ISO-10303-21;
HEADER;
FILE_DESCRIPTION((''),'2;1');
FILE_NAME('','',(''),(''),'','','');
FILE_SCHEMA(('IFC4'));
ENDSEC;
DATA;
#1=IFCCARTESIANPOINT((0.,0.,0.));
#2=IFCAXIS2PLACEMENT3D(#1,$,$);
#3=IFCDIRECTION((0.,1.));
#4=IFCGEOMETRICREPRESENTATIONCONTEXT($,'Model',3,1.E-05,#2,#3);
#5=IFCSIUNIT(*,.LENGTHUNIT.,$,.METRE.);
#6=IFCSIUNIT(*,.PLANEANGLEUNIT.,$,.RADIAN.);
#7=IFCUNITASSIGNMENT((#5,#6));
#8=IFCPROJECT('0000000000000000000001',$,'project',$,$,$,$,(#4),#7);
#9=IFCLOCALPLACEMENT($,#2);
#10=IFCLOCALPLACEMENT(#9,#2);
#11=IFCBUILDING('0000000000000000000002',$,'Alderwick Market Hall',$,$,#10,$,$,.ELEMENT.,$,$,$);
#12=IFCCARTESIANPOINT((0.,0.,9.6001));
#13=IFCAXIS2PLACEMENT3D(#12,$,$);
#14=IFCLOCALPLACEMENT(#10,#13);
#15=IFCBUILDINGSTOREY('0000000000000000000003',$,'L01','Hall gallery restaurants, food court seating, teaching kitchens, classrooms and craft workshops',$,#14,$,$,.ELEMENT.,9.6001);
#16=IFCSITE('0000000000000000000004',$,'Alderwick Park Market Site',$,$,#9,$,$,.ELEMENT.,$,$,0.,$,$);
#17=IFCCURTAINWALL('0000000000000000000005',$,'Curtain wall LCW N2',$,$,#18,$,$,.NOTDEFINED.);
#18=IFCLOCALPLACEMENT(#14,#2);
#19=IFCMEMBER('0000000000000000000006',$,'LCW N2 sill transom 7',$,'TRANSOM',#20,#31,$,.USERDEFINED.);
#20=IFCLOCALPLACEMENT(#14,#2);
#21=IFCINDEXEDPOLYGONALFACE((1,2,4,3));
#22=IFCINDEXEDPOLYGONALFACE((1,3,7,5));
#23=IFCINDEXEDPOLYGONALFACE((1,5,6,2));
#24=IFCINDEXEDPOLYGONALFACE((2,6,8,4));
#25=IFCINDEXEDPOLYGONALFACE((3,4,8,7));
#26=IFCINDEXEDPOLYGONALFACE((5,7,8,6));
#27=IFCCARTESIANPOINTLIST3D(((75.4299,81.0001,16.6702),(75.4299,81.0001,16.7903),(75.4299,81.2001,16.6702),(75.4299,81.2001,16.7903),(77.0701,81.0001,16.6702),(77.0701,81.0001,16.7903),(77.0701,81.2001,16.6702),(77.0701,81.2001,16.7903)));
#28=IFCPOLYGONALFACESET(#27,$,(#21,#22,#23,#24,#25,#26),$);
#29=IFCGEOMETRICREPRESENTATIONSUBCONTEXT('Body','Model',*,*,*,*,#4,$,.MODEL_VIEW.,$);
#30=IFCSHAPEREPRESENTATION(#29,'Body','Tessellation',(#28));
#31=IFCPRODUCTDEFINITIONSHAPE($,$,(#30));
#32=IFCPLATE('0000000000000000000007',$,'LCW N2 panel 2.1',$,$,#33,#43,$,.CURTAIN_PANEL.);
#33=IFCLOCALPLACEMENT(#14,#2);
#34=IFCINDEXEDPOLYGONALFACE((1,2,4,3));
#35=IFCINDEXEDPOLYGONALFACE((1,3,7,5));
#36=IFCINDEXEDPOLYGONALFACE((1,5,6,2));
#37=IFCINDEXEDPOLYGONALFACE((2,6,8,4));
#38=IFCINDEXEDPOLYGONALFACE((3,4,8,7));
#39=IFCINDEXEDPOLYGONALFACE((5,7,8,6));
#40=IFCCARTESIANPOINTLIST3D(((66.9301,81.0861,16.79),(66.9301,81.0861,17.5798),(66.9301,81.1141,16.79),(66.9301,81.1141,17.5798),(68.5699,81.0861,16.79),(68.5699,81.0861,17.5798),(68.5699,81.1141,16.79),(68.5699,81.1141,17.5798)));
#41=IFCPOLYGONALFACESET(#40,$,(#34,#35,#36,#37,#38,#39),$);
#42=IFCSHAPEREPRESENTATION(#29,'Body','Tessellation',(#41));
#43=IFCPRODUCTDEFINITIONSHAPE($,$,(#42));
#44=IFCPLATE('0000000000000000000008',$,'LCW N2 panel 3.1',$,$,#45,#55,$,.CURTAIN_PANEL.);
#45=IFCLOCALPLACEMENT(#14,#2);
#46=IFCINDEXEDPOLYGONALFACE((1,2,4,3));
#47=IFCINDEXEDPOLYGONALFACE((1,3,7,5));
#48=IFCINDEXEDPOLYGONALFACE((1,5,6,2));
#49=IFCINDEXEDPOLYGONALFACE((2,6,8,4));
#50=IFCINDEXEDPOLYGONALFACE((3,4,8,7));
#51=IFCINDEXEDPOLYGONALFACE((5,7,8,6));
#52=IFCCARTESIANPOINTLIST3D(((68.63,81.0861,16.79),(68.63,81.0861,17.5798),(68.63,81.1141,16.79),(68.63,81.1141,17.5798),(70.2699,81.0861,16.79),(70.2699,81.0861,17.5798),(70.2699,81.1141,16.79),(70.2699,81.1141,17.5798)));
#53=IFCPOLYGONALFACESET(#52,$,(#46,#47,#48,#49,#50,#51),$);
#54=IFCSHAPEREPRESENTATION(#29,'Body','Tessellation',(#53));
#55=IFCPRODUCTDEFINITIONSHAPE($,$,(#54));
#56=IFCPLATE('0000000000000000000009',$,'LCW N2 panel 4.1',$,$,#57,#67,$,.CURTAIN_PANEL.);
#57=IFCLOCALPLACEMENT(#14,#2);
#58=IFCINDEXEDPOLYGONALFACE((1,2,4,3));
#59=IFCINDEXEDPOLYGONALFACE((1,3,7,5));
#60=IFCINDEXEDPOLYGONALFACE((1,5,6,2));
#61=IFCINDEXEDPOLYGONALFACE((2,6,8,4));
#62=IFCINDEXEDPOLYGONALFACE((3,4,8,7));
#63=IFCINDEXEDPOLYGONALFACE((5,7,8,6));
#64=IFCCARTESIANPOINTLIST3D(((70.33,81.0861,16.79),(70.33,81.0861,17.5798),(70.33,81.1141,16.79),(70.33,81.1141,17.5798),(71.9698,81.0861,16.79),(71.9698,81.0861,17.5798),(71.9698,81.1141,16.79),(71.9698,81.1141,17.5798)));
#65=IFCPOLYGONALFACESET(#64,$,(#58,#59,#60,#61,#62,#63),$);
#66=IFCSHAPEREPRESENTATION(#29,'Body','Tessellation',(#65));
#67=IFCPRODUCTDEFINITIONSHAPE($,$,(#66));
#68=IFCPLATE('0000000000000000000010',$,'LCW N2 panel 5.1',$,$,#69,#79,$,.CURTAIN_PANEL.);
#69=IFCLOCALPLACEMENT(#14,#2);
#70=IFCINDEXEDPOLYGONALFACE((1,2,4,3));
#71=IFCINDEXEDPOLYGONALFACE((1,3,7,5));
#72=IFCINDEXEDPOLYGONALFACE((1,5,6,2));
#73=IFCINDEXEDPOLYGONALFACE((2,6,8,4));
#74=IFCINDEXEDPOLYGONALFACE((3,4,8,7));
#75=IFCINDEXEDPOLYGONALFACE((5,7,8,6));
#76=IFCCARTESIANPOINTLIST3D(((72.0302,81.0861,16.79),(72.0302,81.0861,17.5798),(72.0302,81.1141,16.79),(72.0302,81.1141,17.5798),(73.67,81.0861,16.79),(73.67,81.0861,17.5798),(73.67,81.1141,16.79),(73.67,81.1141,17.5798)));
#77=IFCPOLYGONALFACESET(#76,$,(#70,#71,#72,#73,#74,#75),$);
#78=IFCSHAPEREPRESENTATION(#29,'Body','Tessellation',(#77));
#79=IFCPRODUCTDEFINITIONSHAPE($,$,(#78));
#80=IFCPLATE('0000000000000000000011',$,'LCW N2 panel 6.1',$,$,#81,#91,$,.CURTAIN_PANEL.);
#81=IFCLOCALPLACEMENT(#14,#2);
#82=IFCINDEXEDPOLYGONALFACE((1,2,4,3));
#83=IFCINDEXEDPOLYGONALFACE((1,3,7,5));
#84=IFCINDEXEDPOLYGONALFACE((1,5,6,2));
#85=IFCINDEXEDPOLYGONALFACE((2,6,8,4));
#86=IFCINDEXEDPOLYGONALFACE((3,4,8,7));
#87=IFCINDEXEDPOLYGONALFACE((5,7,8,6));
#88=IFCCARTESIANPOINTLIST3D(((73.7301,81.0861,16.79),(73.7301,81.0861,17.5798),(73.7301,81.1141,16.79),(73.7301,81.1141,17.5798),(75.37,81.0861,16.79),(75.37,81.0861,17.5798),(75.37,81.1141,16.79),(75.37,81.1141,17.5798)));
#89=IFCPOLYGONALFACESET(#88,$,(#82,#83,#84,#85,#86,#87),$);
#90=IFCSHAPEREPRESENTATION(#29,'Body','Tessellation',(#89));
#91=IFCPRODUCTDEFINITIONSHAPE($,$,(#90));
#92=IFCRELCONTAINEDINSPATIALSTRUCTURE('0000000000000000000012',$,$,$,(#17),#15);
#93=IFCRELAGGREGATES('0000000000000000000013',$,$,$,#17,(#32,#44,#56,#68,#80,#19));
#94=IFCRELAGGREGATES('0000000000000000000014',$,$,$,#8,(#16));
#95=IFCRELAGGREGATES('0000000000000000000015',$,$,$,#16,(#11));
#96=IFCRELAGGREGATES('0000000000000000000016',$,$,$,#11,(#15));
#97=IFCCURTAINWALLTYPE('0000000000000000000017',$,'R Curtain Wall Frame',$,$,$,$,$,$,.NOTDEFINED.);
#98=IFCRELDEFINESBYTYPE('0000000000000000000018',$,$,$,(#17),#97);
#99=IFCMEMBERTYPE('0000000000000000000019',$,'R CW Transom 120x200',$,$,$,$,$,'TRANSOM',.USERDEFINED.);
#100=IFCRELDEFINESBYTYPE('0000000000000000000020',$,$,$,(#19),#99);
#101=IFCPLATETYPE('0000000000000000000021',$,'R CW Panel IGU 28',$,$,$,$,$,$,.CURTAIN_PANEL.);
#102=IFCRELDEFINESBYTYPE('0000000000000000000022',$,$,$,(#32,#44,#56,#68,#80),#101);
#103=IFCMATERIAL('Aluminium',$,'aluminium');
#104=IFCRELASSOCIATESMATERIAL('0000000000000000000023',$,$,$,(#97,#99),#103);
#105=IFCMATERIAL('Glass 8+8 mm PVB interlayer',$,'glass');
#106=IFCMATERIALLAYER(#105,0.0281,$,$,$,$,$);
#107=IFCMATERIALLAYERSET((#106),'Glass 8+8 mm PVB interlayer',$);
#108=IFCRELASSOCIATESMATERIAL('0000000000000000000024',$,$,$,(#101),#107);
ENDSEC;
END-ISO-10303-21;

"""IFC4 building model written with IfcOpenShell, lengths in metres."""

from ifc_helpers import new_model, si_unit, direction, frame, origin, origin_2d, place, context, subcontext, project, spatial, rectangle, extrude, material, layer, layer_set, material_profile, profile_set, type_object, element, aggregate, save


model = new_model("IFC4")

# Units and contexts
model_context = context("Model", 3, precision=1e-05, world=origin(), true_north=direction((0.0, 1.0)))
body_context = subcontext(model_context, "Body", "Model", "MODEL_VIEW")
ifc_project = project(units=[si_unit("LENGTHUNIT", "METRE"), si_unit("PLANEANGLEUNIT", "RADIAN")], contexts=[model_context])

# Site, building, storey
site_placement = place(None, origin())
site = spatial("IfcSite", under=ifc_project, at=site_placement, Name="Alderwick Park Market Site", CompositionType="ELEMENT", RefElevation=0.0)
building_placement = place(site_placement, origin())
building = spatial("IfcBuilding", under=site, at=building_placement, Name="Alderwick Market Hall", CompositionType="ELEMENT")
storey_placement = place(building_placement, frame((0.0, 0.0, 9.6001)))
storey = spatial("IfcBuildingStorey", under=building, at=storey_placement, Name="L01", Description="Hall gallery restaurants, food court seating, teaching kitchens, classrooms and craft workshops", CompositionType="ELEMENT", Elevation=9.6001)

# Curtain wall, member, plates
ifc_material_1 = material(Name="Aluminium", Category="aluminium")
curtain_wall_type = type_object("IfcCurtainWallType", Name="R Curtain Wall Frame", PredefinedType="NOTDEFINED", material=ifc_material_1)
curtain_wall_placement = place(storey_placement, origin())
curtain_wall = element("IfcCurtainWall", 1, at=curtain_wall_placement, inside=storey, type_object=curtain_wall_type, Name="Curtain wall LCW N2", PredefinedType="NOTDEFINED")
ifc_material_profile_1 = material_profile(ifc_material_1, rectangle(XDim=0.2, YDim=0.1201, at=origin_2d()), Name="AL 120x200")
ifc_profile_set_1 = profile_set([ifc_material_profile_1], Name="Aluminium")
member_type_1 = type_object("IfcMemberType", Name="R CW Transom 120x200", ElementType="TRANSOM", PredefinedType="USERDEFINED", material=ifc_profile_set_1)
member_1_placement = place(storey_placement, frame((75.4299, 81.1001, 16.7302), z_axis=(1.0, 0.0, 0.0), x_axis=(0.0, 1.0, 0.0)))
member_1 = element("IfcMember", 2, at=member_1_placement, type_object=member_type_1, Name="LCW N2 sill transom 7", ObjectType="TRANSOM", PredefinedType="USERDEFINED", context=body_context, shape_type="SweptSolid", body=[
    extrude(rectangle(XDim=0.2, YDim=0.1201, at=origin_2d()), origin(), (0.0, 0.0, 1.0), 1.6401),
])
ifc_material_2 = material(Name="Glass 8+8 mm PVB interlayer", Category="glass")
ifc_layer = layer(ifc_material_2, 0.0281)
ifc_layer_set = layer_set([ifc_layer], Name="Glass 8+8 mm PVB interlayer")
plate_type = type_object("IfcPlateType", Name="R CW Panel IGU 28", PredefinedType="CURTAIN_PANEL", material=ifc_layer_set)
plate_1_placement = place(storey_placement, frame((67.75, 81.1001, 16.79), z_axis=(0.0, 0.0, 1.0), x_axis=(1.0, 0.0, 0.0)))
plate_1 = element("IfcPlate", 3, at=plate_1_placement, type_object=plate_type, Name="LCW N2 panel 2.1", PredefinedType="CURTAIN_PANEL", context=body_context, shape_type="SweptSolid", body=[
    extrude(rectangle(XDim=1.6399, YDim=0.0281, at=origin_2d()), origin(), (0.0, 0.0, 1.0), 0.7898),
])
plate_2_placement = place(storey_placement, frame((69.45, 81.1001, 16.79), z_axis=(0.0, 0.0, 1.0), x_axis=(1.0, 0.0, 0.0)))
plate_2 = element("IfcPlate", 4, at=plate_2_placement, type_object=plate_type, Name="LCW N2 panel 3.1", PredefinedType="CURTAIN_PANEL", context=body_context, shape_type="SweptSolid", body=[
    extrude(rectangle(XDim=1.6399, YDim=0.0281, at=origin_2d()), origin(), (0.0, 0.0, 1.0), 0.7898),
])
plate_3_placement = place(storey_placement, frame((71.1499, 81.1001, 16.79), z_axis=(0.0, 0.0, 1.0), x_axis=(1.0, 0.0, 0.0)))
plate_3 = element("IfcPlate", 5, at=plate_3_placement, type_object=plate_type, Name="LCW N2 panel 4.1", PredefinedType="CURTAIN_PANEL", context=body_context, shape_type="SweptSolid", body=[
    extrude(rectangle(XDim=1.6399, YDim=0.0281, at=origin_2d()), origin(), (0.0, 0.0, 1.0), 0.7898),
])
plate_4_placement = place(storey_placement, frame((72.8501, 81.1001, 16.79), z_axis=(0.0, 0.0, 1.0), x_axis=(1.0, 0.0, 0.0)))
plate_4 = element("IfcPlate", 6, at=plate_4_placement, type_object=plate_type, Name="LCW N2 panel 5.1", PredefinedType="CURTAIN_PANEL", context=body_context, shape_type="SweptSolid", body=[
    extrude(rectangle(XDim=1.6399, YDim=0.0281, at=origin_2d()), origin(), (0.0, 0.0, 1.0), 0.7898),
])
plate_5_placement = place(storey_placement, frame((74.55, 81.1001, 16.79), z_axis=(0.0, 0.0, 1.0), x_axis=(1.0, 0.0, 0.0)))
plate_5 = element("IfcPlate", 7, at=plate_5_placement, type_object=plate_type, Name="LCW N2 panel 6.1", PredefinedType="CURTAIN_PANEL", context=body_context, shape_type="SweptSolid", body=[
    extrude(rectangle(XDim=1.6399, YDim=0.0281, at=origin_2d()), origin(), (0.0, 0.0, 1.0), 0.7898),
])
aggregate(curtain_wall, [plate_1, plate_2, plate_3, plate_4, plate_5, member_1])

save(model, "model.ifc")
